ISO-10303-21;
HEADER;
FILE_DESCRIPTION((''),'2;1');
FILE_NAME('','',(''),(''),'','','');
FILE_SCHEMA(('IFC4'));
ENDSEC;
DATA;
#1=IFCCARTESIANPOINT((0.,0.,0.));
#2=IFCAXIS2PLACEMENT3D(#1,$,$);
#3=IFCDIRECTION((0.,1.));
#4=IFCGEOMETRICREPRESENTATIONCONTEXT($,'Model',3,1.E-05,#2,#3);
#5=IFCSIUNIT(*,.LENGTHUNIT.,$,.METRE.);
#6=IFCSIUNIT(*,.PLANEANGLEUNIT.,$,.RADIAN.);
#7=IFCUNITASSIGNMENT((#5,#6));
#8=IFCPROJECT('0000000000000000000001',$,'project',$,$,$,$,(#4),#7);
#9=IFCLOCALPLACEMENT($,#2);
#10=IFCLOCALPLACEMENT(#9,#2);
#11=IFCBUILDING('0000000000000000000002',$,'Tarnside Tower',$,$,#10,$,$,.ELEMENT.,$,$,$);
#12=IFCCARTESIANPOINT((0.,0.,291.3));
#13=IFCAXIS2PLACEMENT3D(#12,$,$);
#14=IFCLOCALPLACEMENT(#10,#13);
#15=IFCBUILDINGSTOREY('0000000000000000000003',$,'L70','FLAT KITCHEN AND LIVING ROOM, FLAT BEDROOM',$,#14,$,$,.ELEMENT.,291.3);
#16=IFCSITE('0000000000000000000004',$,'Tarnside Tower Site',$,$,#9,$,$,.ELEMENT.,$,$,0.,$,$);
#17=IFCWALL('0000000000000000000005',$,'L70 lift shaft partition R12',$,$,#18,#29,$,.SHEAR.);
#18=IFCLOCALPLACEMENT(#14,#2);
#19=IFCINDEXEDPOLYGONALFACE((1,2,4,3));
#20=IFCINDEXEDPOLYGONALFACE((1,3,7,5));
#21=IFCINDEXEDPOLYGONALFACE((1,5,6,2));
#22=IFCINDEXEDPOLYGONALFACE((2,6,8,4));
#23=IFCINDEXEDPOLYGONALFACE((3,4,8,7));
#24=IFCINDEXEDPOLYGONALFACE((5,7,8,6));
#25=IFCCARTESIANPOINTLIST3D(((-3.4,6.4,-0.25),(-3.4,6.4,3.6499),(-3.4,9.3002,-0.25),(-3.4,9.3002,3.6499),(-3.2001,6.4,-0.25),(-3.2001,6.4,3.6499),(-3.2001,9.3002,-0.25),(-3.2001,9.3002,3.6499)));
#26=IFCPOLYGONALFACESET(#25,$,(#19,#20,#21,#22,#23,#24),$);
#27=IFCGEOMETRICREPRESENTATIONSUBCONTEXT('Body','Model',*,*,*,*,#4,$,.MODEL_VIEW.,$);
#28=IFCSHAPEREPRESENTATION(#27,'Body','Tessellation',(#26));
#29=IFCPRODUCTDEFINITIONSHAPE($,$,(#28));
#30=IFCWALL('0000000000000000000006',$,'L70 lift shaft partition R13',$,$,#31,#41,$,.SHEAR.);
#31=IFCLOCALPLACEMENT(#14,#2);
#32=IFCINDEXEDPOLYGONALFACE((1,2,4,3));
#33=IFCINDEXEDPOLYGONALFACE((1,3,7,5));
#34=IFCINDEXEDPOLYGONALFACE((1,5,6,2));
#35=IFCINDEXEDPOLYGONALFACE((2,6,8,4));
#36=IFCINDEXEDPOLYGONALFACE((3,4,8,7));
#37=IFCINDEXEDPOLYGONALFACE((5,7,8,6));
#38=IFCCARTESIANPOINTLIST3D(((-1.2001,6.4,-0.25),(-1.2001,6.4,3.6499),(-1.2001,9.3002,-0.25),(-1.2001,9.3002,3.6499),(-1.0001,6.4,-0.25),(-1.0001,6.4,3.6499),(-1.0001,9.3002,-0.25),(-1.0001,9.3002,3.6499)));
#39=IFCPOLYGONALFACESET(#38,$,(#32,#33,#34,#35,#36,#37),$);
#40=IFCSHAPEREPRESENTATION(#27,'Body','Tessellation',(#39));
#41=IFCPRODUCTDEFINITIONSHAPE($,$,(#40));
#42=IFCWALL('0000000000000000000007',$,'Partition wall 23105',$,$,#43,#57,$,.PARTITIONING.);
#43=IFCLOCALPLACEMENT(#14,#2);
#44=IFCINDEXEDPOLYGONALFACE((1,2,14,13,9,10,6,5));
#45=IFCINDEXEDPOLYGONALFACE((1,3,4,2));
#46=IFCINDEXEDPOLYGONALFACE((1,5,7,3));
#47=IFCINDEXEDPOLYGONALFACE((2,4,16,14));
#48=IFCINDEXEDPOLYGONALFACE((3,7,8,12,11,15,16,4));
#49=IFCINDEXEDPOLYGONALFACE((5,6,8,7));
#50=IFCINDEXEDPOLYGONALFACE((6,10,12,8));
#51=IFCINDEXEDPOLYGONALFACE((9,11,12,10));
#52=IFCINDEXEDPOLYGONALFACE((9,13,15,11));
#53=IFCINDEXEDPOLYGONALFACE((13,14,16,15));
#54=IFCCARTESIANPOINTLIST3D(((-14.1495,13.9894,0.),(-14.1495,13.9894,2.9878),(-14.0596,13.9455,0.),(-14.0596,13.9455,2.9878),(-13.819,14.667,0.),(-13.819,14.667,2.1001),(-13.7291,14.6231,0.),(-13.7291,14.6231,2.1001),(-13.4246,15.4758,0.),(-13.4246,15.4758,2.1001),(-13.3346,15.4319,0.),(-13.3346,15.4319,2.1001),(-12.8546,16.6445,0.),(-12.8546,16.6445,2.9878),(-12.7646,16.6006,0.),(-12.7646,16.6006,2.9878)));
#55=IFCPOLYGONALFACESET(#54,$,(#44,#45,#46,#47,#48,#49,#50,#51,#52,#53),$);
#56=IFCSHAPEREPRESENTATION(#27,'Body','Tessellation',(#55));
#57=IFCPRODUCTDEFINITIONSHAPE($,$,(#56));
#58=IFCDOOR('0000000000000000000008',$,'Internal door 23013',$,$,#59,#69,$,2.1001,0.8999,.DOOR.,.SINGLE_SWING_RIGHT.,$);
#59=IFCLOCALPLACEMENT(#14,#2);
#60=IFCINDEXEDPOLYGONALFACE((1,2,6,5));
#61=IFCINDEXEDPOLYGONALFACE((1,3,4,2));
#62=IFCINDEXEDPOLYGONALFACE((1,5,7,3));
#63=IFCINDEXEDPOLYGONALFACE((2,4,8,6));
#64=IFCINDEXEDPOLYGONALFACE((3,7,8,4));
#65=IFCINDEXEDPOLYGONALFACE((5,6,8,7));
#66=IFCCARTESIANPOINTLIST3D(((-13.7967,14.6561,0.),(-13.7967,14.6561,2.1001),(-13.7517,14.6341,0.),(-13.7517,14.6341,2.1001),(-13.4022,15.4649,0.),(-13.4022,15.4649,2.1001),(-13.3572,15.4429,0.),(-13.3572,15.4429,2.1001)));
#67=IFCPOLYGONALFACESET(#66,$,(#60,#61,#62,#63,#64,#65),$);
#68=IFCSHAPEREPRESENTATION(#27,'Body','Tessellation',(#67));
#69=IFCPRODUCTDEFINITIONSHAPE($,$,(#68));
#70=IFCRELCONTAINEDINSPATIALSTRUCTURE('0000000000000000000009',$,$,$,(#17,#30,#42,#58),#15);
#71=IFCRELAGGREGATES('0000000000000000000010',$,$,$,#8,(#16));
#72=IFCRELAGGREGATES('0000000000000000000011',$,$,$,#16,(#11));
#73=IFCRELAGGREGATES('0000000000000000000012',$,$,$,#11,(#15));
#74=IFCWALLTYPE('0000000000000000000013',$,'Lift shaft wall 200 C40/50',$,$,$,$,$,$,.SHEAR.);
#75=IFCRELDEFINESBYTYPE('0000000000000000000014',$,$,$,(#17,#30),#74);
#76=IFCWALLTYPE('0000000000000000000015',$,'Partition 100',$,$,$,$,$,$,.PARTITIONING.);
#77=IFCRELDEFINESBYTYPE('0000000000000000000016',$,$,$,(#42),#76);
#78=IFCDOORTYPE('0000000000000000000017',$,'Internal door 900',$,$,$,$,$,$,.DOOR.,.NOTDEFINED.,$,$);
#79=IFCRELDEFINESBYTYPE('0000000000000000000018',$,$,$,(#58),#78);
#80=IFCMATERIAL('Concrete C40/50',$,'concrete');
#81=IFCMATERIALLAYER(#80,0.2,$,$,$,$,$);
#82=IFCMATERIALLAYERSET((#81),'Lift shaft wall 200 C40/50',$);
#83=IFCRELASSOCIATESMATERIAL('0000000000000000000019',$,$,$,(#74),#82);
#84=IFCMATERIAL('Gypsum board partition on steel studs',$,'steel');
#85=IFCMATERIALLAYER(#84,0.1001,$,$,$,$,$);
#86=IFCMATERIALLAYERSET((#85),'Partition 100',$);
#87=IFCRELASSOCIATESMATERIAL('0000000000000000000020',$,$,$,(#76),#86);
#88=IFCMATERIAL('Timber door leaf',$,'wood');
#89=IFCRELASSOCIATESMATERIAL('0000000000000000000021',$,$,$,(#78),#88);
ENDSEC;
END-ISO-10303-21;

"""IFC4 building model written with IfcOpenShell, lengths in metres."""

from ifc_helpers import new_model, si_unit, direction, frame, frame_2d, origin, place, context, subcontext, project, spatial, rectangle, extrude, material, layer, layer_set, type_object, element, fill, save


model = new_model("IFC4")

# Units and contexts
model_context = context("Model", 3, precision=1e-05, world=origin(), true_north=direction((0.0, 1.0)))
body_context = subcontext(model_context, "Body", "Model", "MODEL_VIEW")
ifc_project = project(units=[si_unit("LENGTHUNIT", "METRE"), si_unit("PLANEANGLEUNIT", "RADIAN")], contexts=[model_context])

# Site, building, storey
site_placement = place(None, origin())
site = spatial("IfcSite", under=ifc_project, at=site_placement, Name="Tarnside Tower Site", CompositionType="ELEMENT", RefElevation=0.0)
building_placement = place(site_placement, origin())
building = spatial("IfcBuilding", under=site, at=building_placement, Name="Tarnside Tower", CompositionType="ELEMENT")
storey_placement = place(building_placement, frame((0.0, 0.0, 291.3)))
storey = spatial("IfcBuildingStorey", under=building, at=storey_placement, Name="L70", Description="FLAT KITCHEN AND LIVING ROOM, FLAT BEDROOM", CompositionType="ELEMENT", Elevation=291.3)

# Shared definitions
ifc_material_1 = material(Name="Gypsum board partition on steel studs", Category="steel")

# Shared definitions
ifc_material_2 = material(Name="Timber door leaf", Category="wood")

# Walls
ifc_material_3 = material(Name="Concrete C40/50", Category="concrete")
ifc_layer_1 = layer(ifc_material_3, 0.2)
ifc_layer_set_1 = layer_set([ifc_layer_1], Name="Lift shaft wall 200 C40/50")
wall_type_1 = type_object("IfcWallType", Name="Lift shaft wall 200 C40/50", PredefinedType="SHEAR", material=ifc_layer_set_1)
for number, where, z_axis, x_axis, name in (
    (1, (-3.3, 6.3999, -0.25), (0.0, 0.0, 1.0), (0.0, 1.0, 0.0), "L70 lift shaft partition R12"),
    (2, (-1.1001, 6.3999, -0.25), (0.0, 0.0, 1.0), (0.0, 1.0, 0.0), "L70 lift shaft partition R13"),
):
    element("IfcWall", number, at=place(storey_placement, frame(where, z_axis=z_axis, x_axis=x_axis)), inside=storey, type_object=wall_type_1, Name=name, PredefinedType="SHEAR", context=body_context, shape_type="SweptSolid", body=[
        extrude(rectangle(XDim=2.9001, YDim=0.2, at=frame_2d((1.4502, 0.0))), origin(), (0.0, 0.0, 1.0), 3.8999),
    ])

# Wall, opening, door
ifc_layer_2 = layer(ifc_material_1, 0.1001)
ifc_layer_set_2 = layer_set([ifc_layer_2], Name="Partition 100")
wall_type_2 = type_object("IfcWallType", Name="Partition 100", PredefinedType="PARTITIONING", material=ifc_layer_set_2)
wall_1_placement = place(storey_placement, frame((-12.8096, 16.6226, 0.0), z_axis=(0.0, 0.0, 1.0), x_axis=(-0.438365, -0.898797, 0.0)))
wall_1 = element("IfcWall", 3, at=wall_1_placement, inside=storey, type_object=wall_type_2, Name="Partition wall 23105", PredefinedType="PARTITIONING", context=body_context, shape_type="SweptSolid", body=[
    extrude(rectangle(XDim=2.9541, YDim=0.1001, at=frame_2d((1.4771, 0.0))), origin(), (0.0, 0.0, 1.0), 2.9878),
])
opening_1_placement = place(wall_1_placement, frame((1.3003, 0.0, 0.0)))
opening_1 = element("IfcOpeningElement", 4, at=opening_1_placement, cuts=wall_1, PredefinedType="OPENING", context=body_context, shape_type="SweptSolid", body=[
    extrude(rectangle(XDim=0.8999, YDim=2.1001, at=frame_2d((0.45, 1.05))), frame((0.0, 0.0601, 0.0), z_axis=(0.0, -1.0, 0.0), x_axis=(1.0, 0.0, 0.0)), (0.0, 0.0, 1.0), 0.1201),
])
door_type_1 = type_object("IfcDoorType", Name="Internal door 900", OperationType="NOTDEFINED", PredefinedType="DOOR", material=ifc_material_2)
door_1_placement = place(opening_1_placement, origin())
door_1 = element("IfcDoor", 5, at=door_1_placement, inside=storey, type_object=door_type_1, Name="Internal door 23013", OperationType="SINGLE_SWING_RIGHT", OverallHeight=2.1001, OverallWidth=0.8999, PredefinedType="DOOR", context=body_context, shape_type="SweptSolid", body=[
    extrude(rectangle(XDim=0.8999, YDim=2.1001, at=frame_2d((0.45, 1.05))), frame((0.0, 0.0249, 0.0), z_axis=(0.0, -1.0, 0.0), x_axis=(1.0, 0.0, 0.0)), (0.0, 0.0, 1.0), 0.05),
])
fill(opening_1, door_1)

save(model, "model.ifc")
